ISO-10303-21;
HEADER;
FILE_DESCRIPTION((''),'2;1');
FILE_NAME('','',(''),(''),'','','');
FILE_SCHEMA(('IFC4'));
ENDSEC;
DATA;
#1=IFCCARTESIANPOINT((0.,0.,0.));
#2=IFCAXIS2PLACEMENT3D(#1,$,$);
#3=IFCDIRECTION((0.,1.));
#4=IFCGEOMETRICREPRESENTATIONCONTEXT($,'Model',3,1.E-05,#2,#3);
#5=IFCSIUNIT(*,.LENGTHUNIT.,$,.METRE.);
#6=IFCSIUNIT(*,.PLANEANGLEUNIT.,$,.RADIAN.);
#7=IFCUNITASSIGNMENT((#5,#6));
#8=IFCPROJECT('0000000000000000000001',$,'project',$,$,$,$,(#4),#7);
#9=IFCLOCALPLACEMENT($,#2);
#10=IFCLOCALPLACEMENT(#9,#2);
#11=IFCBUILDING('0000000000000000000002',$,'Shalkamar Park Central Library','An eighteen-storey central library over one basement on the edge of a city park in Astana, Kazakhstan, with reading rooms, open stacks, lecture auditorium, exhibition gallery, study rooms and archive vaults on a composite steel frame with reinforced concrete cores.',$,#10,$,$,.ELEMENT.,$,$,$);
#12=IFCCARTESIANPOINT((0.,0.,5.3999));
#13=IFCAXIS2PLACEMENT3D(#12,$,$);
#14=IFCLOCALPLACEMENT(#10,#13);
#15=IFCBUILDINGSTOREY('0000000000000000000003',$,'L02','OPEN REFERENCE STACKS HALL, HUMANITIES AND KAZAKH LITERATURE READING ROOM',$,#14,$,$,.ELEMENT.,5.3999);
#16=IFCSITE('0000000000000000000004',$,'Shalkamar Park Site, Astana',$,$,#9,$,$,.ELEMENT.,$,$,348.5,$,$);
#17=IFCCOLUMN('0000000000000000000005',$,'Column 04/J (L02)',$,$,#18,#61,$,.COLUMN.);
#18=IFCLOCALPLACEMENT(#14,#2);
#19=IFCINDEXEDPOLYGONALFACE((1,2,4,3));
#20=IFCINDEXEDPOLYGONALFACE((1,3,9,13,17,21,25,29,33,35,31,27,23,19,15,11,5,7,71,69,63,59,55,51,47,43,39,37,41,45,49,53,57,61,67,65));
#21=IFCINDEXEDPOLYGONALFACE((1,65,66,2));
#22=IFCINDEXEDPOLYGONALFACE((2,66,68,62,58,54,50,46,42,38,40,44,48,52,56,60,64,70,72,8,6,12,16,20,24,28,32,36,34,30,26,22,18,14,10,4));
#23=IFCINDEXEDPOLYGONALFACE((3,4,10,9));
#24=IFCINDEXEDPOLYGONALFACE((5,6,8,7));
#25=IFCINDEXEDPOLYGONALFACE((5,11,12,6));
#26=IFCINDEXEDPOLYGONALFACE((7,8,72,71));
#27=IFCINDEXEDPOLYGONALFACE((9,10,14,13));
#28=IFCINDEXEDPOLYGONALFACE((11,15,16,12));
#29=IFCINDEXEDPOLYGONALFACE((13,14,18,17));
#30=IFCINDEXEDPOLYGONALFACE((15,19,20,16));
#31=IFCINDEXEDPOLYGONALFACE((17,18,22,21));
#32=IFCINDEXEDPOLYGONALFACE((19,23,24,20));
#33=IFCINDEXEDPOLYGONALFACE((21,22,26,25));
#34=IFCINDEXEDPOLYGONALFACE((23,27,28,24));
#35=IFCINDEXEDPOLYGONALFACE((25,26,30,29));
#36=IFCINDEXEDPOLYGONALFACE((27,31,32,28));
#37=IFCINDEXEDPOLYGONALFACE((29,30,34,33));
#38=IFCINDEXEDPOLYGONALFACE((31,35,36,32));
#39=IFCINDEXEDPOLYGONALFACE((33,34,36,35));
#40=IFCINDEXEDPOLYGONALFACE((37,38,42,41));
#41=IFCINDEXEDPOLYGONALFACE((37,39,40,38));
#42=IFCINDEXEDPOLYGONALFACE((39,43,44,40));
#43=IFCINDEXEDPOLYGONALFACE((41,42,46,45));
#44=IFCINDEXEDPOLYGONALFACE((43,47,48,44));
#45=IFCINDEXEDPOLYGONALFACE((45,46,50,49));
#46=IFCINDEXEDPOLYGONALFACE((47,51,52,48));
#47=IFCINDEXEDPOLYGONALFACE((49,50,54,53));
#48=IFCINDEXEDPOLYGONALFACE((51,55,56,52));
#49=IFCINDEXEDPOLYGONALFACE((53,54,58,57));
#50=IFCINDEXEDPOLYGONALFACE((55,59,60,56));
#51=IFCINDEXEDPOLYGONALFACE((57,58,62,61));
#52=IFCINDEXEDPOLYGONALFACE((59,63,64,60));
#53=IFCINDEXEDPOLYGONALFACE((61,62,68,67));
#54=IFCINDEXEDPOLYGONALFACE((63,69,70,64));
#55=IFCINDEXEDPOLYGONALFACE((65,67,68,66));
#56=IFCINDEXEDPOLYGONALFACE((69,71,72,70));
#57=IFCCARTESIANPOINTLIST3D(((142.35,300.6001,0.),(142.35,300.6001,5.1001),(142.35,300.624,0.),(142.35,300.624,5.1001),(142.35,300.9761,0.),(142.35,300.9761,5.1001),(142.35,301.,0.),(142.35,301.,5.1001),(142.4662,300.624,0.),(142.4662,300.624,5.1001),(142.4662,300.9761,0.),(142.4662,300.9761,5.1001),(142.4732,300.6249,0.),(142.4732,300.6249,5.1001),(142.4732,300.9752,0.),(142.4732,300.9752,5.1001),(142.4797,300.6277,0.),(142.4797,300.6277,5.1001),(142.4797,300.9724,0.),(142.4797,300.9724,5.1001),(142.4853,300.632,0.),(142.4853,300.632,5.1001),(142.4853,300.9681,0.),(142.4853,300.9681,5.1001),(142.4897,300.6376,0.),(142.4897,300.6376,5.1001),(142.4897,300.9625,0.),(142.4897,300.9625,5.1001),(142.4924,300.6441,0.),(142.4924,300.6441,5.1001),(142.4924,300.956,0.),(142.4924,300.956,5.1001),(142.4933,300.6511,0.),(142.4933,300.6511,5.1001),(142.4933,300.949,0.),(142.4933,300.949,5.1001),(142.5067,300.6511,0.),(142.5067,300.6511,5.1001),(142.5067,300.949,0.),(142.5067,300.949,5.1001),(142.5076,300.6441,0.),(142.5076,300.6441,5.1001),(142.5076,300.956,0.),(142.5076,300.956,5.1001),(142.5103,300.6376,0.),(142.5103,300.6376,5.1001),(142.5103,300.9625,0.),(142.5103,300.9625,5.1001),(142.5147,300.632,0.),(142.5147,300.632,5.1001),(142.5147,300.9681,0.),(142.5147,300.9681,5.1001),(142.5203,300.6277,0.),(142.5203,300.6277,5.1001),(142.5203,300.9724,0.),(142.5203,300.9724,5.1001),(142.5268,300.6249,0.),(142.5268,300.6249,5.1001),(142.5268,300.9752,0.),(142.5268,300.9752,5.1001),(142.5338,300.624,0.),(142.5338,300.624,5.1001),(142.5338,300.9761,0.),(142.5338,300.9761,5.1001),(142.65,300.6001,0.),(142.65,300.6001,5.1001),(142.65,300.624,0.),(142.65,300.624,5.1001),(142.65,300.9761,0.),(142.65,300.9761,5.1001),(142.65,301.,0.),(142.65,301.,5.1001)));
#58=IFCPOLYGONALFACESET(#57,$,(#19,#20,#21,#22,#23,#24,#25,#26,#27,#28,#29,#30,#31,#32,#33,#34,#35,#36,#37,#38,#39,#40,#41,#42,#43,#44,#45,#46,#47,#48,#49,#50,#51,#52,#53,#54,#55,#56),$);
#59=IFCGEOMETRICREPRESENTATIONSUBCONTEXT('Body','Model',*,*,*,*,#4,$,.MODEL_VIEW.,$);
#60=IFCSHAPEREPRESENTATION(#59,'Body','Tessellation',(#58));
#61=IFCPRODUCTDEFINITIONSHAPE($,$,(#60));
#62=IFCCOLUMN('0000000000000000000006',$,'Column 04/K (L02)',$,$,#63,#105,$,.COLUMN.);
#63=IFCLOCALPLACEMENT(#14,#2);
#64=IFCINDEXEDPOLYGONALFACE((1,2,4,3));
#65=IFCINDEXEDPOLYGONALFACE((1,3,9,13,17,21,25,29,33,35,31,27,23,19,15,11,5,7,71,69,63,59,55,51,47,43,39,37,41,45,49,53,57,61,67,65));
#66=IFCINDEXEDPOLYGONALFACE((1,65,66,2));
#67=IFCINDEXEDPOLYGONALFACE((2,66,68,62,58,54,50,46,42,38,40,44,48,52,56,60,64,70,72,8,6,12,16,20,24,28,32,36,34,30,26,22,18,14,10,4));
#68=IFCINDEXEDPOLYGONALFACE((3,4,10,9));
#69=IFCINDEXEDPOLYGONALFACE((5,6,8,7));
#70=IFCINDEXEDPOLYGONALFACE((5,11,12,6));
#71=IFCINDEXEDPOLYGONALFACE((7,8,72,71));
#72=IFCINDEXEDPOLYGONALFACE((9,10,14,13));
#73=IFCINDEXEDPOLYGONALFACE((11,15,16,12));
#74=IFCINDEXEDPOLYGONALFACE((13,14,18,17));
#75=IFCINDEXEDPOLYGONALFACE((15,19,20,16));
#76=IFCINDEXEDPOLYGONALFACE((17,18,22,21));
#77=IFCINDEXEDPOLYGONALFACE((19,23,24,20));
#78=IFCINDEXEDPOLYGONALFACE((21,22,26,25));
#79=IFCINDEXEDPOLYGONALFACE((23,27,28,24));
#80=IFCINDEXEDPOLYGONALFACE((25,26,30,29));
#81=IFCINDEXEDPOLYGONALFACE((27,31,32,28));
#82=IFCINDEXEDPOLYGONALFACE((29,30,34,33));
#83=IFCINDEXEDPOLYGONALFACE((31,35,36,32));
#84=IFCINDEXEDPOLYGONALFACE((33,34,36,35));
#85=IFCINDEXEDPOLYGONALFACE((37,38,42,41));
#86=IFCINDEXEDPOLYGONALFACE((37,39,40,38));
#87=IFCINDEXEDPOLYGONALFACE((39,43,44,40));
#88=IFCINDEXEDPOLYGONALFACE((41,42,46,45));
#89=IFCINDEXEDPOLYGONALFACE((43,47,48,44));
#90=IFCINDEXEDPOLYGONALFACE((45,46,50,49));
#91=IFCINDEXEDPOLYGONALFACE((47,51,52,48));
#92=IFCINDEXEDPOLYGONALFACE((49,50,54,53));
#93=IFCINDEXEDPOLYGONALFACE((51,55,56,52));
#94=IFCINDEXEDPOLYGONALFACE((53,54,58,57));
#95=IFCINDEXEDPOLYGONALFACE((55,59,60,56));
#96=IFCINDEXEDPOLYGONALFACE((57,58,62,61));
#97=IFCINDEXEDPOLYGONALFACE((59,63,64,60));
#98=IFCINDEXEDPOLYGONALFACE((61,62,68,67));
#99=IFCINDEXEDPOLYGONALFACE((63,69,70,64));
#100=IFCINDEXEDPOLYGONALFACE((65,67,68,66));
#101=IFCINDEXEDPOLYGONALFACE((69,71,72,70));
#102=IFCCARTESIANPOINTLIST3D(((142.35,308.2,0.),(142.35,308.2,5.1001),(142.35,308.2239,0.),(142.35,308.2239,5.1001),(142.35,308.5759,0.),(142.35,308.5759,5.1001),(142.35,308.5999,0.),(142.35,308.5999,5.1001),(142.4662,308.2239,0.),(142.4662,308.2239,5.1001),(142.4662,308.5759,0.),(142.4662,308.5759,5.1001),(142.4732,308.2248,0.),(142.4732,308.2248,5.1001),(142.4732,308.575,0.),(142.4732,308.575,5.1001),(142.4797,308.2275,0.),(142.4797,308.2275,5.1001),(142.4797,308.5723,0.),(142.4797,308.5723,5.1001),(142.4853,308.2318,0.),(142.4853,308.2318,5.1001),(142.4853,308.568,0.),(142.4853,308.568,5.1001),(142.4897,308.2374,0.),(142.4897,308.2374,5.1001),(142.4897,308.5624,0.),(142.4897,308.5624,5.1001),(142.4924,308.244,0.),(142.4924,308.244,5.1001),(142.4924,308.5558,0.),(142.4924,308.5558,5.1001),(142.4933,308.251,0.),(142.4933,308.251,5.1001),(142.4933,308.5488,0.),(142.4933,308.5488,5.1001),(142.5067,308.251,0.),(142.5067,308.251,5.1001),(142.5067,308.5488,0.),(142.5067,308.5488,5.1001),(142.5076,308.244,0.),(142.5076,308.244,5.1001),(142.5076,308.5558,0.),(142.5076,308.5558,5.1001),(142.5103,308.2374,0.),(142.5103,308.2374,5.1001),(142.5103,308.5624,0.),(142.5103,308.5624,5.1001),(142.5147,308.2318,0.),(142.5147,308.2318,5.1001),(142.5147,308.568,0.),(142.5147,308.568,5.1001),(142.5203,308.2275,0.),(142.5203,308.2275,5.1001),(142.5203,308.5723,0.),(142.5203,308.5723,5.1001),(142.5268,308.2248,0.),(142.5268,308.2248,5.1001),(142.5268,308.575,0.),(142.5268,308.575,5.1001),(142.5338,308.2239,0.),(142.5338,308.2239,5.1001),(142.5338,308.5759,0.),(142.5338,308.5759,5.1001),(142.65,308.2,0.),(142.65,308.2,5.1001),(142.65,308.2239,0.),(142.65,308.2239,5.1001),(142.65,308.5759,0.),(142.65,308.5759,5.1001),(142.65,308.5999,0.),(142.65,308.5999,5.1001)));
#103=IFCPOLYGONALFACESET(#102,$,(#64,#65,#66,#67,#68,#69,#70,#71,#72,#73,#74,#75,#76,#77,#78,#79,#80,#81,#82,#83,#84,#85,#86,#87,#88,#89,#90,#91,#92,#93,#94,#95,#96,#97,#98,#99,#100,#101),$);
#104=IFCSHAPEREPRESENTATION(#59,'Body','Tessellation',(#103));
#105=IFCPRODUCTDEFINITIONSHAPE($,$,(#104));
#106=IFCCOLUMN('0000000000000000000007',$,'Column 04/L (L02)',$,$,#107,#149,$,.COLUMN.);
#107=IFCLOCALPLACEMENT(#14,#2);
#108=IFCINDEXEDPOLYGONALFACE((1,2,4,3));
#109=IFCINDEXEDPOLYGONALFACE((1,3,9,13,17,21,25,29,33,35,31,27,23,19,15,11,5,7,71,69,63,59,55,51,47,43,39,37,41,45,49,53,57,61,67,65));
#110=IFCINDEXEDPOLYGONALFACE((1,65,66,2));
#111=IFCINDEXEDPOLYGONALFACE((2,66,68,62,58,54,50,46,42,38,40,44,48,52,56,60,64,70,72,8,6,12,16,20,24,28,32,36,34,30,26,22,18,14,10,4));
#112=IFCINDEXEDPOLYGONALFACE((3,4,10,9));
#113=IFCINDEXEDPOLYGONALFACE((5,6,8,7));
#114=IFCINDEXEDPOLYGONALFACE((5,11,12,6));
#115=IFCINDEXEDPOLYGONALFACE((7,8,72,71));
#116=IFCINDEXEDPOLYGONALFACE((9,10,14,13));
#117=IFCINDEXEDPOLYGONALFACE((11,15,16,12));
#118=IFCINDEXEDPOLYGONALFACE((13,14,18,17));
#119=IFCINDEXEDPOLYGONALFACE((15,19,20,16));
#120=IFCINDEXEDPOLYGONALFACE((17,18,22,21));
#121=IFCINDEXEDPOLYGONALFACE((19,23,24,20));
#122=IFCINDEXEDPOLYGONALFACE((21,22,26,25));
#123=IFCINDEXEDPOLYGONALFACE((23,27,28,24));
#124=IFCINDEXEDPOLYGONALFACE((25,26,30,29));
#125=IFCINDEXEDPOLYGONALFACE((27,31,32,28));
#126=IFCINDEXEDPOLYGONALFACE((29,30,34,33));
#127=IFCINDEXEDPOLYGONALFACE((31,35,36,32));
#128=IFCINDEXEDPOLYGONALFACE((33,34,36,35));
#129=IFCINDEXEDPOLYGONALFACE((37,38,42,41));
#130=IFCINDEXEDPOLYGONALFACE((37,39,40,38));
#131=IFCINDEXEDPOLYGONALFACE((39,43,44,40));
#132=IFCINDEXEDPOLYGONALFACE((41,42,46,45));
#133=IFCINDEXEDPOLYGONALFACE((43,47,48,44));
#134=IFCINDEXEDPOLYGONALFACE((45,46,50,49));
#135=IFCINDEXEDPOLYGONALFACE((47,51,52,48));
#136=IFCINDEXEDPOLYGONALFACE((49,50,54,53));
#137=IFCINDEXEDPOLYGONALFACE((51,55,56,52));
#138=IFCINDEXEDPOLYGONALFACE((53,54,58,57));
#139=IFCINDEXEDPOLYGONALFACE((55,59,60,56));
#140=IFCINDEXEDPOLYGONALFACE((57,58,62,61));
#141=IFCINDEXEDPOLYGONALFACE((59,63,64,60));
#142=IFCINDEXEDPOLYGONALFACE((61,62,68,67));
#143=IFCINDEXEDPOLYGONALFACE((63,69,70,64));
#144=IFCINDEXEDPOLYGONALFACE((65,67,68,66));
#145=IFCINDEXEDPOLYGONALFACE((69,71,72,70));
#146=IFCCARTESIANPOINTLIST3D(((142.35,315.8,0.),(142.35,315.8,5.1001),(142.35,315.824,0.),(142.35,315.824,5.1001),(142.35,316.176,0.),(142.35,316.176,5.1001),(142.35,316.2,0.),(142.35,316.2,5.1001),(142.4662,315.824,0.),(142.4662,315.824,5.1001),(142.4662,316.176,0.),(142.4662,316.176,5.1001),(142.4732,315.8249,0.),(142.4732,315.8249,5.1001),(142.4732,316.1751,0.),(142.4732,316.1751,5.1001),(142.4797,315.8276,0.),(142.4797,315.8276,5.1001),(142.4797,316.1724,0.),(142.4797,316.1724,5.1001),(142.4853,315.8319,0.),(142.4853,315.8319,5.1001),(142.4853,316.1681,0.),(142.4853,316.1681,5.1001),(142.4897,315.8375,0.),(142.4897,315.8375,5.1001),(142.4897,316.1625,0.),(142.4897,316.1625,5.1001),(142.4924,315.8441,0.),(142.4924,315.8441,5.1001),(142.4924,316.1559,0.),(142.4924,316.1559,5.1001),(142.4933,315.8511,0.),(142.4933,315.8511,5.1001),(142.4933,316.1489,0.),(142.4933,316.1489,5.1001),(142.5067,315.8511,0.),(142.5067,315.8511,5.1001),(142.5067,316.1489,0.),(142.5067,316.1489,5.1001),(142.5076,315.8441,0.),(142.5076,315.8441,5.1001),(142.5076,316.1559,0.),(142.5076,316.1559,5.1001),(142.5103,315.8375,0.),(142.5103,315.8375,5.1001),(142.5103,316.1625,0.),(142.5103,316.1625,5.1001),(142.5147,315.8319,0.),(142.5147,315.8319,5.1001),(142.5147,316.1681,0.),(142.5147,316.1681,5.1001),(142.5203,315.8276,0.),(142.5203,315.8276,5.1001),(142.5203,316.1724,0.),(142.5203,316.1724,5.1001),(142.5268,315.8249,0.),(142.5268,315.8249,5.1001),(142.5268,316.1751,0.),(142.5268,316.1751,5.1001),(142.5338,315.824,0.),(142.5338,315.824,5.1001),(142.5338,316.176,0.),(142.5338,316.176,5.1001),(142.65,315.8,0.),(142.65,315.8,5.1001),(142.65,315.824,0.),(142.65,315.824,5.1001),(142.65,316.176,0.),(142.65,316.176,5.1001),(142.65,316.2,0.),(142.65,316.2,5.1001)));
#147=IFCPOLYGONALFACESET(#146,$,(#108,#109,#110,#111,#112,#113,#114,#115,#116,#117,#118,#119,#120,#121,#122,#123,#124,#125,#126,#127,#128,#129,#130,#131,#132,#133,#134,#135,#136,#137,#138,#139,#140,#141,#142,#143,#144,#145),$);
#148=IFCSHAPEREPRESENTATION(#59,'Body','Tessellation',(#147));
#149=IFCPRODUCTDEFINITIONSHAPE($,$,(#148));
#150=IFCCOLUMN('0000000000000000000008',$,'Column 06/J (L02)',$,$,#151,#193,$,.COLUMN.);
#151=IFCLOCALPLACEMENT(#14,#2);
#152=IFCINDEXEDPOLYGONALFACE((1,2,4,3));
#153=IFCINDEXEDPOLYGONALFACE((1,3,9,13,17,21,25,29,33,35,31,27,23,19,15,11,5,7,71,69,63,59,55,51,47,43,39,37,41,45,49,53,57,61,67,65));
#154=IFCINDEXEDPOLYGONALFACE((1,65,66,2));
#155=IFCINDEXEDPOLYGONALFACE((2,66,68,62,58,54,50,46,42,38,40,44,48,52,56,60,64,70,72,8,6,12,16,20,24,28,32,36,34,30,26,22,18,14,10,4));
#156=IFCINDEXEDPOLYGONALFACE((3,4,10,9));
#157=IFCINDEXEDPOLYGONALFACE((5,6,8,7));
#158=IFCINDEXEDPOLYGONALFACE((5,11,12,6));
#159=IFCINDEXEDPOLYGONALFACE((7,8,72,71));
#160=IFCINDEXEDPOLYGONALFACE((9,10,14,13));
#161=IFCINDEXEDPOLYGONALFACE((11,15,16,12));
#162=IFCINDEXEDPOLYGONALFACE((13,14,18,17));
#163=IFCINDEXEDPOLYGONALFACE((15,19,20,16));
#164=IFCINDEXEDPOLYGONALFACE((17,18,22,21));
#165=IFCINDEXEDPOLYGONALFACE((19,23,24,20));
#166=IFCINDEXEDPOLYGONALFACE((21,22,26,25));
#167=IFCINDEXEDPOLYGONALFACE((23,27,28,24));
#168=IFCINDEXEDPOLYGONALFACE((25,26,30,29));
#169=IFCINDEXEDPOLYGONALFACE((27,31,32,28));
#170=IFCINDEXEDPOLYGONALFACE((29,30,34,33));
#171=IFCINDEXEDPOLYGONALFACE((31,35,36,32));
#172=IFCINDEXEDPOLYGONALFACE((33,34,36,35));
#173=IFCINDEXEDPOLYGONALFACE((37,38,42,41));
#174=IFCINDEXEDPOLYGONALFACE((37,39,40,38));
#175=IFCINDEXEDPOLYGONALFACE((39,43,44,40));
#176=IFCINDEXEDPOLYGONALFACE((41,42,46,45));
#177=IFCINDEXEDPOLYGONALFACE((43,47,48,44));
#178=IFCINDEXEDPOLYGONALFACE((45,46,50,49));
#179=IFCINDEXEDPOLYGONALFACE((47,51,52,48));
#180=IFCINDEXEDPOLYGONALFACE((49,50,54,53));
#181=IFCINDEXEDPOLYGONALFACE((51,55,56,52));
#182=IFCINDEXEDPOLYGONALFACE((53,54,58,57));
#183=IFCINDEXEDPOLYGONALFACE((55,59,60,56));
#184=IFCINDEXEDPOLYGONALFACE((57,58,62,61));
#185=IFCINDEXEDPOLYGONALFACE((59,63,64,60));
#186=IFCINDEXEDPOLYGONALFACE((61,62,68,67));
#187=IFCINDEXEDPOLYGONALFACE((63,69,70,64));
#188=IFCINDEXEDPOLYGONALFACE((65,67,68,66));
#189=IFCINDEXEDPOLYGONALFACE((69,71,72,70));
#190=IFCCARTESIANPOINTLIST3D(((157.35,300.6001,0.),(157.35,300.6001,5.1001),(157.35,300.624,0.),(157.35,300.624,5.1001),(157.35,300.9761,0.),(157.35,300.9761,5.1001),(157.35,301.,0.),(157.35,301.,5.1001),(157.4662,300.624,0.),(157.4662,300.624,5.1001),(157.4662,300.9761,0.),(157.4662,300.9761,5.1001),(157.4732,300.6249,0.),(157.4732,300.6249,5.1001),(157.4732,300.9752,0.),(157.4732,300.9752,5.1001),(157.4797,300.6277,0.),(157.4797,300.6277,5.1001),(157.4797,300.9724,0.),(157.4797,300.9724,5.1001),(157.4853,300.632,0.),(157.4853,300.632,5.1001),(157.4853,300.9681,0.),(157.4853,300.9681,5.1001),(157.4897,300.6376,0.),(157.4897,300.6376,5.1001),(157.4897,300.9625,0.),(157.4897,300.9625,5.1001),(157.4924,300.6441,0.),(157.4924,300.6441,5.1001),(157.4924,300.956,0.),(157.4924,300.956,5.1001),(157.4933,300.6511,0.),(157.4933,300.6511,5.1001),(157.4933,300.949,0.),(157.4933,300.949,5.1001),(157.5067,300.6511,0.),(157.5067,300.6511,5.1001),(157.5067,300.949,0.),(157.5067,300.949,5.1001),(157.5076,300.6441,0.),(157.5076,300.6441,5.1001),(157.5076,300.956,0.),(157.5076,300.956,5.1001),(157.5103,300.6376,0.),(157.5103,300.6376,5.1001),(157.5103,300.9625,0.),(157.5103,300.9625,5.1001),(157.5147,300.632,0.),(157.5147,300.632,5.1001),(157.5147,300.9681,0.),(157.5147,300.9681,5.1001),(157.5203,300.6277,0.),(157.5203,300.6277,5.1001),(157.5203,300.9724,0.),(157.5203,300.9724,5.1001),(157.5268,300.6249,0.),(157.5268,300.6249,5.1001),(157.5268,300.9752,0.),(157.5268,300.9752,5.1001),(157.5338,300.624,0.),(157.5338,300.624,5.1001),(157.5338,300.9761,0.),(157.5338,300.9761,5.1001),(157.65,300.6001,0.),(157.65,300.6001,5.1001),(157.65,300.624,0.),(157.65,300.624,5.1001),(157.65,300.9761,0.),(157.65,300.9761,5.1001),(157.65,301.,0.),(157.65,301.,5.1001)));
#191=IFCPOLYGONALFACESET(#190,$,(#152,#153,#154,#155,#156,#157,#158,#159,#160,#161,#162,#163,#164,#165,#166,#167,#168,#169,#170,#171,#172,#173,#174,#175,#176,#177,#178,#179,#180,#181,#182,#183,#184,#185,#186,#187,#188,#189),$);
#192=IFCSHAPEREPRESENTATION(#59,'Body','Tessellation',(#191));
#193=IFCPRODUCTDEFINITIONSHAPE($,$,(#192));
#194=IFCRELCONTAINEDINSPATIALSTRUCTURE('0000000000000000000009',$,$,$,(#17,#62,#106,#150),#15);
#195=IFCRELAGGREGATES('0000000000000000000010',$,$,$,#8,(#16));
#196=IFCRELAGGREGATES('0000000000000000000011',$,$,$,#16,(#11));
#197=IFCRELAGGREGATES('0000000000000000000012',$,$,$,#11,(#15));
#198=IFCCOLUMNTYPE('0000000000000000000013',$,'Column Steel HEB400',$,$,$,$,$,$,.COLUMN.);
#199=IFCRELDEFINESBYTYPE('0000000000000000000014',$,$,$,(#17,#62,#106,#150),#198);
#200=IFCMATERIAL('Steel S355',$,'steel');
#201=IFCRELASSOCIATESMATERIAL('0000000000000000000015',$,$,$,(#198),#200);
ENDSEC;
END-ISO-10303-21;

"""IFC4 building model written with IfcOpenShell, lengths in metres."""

from ifc_helpers import new_model, si_unit, direction, frame, origin, origin_2d, place, context, subcontext, project, spatial, i_section, extrude, material, material_profile, profile_set, type_object, element, save


model = new_model("IFC4")

# Units and contexts
model_context = context("Model", 3, precision=1e-05, world=origin(), true_north=direction((0.0, 1.0)))
body_context = subcontext(model_context, "Body", "Model", "MODEL_VIEW")
ifc_project = project(units=[si_unit("LENGTHUNIT", "METRE"), si_unit("PLANEANGLEUNIT", "RADIAN")], contexts=[model_context])

# Site, building, storey
site_placement = place(None, origin())
site = spatial("IfcSite", under=ifc_project, at=site_placement, Name="Shalkamar Park Site, Astana", CompositionType="ELEMENT", RefElevation=348.5)
building_placement = place(site_placement, origin())
building = spatial("IfcBuilding", under=site, at=building_placement, Name="Shalkamar Park Central Library", Description="An eighteen-storey central library over one basement on the edge of a city park in Astana, Kazakhstan, with reading rooms, open stacks, lecture auditorium, exhibition gallery, study rooms and archive vaults on a composite steel frame with reinforced concrete cores.", CompositionType="ELEMENT")
storey_placement = place(building_placement, frame((0.0, 0.0, 5.3999)))
storey = spatial("IfcBuildingStorey", under=building, at=storey_placement, Name="L02", Description="OPEN REFERENCE STACKS HALL, HUMANITIES AND KAZAKH LITERATURE READING ROOM", CompositionType="ELEMENT", Elevation=5.3999)

# Columns
ifc_material_1 = material(Name="Steel S355", Category="steel")
ifc_material_profile_1 = material_profile(ifc_material_1, i_section(OverallWidth=0.3, OverallDepth=0.3999, WebThickness=0.0134, FlangeThickness=0.0239, FilletRadius=0.0271, at=origin_2d()), Name="HEB 400")
ifc_profile_set_1 = profile_set([ifc_material_profile_1], Name="Steel S355")
column_type_1 = type_object("IfcColumnType", Name="Column Steel HEB400", PredefinedType="COLUMN", material=ifc_profile_set_1)
for number, where, z_axis, x_axis, name in (
    (1, (142.5, 300.8, 0.0), (0.0, 0.0, 1.0), (1.0, 0.0, 0.0), "Column 04/J (L02)"),
    (2, (142.5, 308.3999, 0.0), (0.0, 0.0, 1.0), (1.0, 0.0, 0.0), "Column 04/K (L02)"),
    (3, (142.5, 316.0, 0.0), (0.0, 0.0, 1.0), (1.0, 0.0, 0.0), "Column 04/L (L02)"),
    (4, (157.5, 300.8, 0.0), (0.0, 0.0, 1.0), (1.0, 0.0, 0.0), "Column 06/J (L02)"),
):
    element("IfcColumn", number, at=place(storey_placement, frame(where, z_axis=z_axis, x_axis=x_axis)), inside=storey, type_object=column_type_1, Name=name, PredefinedType="COLUMN", context=body_context, shape_type="SweptSolid", body=[
        extrude(i_section(OverallWidth=0.3, OverallDepth=0.3999, WebThickness=0.0134, FlangeThickness=0.0239, FilletRadius=0.0271, at=origin_2d()), origin(), (0.0, 0.0, 1.0), 5.1001),
    ])

save(model, "model.ifc")
